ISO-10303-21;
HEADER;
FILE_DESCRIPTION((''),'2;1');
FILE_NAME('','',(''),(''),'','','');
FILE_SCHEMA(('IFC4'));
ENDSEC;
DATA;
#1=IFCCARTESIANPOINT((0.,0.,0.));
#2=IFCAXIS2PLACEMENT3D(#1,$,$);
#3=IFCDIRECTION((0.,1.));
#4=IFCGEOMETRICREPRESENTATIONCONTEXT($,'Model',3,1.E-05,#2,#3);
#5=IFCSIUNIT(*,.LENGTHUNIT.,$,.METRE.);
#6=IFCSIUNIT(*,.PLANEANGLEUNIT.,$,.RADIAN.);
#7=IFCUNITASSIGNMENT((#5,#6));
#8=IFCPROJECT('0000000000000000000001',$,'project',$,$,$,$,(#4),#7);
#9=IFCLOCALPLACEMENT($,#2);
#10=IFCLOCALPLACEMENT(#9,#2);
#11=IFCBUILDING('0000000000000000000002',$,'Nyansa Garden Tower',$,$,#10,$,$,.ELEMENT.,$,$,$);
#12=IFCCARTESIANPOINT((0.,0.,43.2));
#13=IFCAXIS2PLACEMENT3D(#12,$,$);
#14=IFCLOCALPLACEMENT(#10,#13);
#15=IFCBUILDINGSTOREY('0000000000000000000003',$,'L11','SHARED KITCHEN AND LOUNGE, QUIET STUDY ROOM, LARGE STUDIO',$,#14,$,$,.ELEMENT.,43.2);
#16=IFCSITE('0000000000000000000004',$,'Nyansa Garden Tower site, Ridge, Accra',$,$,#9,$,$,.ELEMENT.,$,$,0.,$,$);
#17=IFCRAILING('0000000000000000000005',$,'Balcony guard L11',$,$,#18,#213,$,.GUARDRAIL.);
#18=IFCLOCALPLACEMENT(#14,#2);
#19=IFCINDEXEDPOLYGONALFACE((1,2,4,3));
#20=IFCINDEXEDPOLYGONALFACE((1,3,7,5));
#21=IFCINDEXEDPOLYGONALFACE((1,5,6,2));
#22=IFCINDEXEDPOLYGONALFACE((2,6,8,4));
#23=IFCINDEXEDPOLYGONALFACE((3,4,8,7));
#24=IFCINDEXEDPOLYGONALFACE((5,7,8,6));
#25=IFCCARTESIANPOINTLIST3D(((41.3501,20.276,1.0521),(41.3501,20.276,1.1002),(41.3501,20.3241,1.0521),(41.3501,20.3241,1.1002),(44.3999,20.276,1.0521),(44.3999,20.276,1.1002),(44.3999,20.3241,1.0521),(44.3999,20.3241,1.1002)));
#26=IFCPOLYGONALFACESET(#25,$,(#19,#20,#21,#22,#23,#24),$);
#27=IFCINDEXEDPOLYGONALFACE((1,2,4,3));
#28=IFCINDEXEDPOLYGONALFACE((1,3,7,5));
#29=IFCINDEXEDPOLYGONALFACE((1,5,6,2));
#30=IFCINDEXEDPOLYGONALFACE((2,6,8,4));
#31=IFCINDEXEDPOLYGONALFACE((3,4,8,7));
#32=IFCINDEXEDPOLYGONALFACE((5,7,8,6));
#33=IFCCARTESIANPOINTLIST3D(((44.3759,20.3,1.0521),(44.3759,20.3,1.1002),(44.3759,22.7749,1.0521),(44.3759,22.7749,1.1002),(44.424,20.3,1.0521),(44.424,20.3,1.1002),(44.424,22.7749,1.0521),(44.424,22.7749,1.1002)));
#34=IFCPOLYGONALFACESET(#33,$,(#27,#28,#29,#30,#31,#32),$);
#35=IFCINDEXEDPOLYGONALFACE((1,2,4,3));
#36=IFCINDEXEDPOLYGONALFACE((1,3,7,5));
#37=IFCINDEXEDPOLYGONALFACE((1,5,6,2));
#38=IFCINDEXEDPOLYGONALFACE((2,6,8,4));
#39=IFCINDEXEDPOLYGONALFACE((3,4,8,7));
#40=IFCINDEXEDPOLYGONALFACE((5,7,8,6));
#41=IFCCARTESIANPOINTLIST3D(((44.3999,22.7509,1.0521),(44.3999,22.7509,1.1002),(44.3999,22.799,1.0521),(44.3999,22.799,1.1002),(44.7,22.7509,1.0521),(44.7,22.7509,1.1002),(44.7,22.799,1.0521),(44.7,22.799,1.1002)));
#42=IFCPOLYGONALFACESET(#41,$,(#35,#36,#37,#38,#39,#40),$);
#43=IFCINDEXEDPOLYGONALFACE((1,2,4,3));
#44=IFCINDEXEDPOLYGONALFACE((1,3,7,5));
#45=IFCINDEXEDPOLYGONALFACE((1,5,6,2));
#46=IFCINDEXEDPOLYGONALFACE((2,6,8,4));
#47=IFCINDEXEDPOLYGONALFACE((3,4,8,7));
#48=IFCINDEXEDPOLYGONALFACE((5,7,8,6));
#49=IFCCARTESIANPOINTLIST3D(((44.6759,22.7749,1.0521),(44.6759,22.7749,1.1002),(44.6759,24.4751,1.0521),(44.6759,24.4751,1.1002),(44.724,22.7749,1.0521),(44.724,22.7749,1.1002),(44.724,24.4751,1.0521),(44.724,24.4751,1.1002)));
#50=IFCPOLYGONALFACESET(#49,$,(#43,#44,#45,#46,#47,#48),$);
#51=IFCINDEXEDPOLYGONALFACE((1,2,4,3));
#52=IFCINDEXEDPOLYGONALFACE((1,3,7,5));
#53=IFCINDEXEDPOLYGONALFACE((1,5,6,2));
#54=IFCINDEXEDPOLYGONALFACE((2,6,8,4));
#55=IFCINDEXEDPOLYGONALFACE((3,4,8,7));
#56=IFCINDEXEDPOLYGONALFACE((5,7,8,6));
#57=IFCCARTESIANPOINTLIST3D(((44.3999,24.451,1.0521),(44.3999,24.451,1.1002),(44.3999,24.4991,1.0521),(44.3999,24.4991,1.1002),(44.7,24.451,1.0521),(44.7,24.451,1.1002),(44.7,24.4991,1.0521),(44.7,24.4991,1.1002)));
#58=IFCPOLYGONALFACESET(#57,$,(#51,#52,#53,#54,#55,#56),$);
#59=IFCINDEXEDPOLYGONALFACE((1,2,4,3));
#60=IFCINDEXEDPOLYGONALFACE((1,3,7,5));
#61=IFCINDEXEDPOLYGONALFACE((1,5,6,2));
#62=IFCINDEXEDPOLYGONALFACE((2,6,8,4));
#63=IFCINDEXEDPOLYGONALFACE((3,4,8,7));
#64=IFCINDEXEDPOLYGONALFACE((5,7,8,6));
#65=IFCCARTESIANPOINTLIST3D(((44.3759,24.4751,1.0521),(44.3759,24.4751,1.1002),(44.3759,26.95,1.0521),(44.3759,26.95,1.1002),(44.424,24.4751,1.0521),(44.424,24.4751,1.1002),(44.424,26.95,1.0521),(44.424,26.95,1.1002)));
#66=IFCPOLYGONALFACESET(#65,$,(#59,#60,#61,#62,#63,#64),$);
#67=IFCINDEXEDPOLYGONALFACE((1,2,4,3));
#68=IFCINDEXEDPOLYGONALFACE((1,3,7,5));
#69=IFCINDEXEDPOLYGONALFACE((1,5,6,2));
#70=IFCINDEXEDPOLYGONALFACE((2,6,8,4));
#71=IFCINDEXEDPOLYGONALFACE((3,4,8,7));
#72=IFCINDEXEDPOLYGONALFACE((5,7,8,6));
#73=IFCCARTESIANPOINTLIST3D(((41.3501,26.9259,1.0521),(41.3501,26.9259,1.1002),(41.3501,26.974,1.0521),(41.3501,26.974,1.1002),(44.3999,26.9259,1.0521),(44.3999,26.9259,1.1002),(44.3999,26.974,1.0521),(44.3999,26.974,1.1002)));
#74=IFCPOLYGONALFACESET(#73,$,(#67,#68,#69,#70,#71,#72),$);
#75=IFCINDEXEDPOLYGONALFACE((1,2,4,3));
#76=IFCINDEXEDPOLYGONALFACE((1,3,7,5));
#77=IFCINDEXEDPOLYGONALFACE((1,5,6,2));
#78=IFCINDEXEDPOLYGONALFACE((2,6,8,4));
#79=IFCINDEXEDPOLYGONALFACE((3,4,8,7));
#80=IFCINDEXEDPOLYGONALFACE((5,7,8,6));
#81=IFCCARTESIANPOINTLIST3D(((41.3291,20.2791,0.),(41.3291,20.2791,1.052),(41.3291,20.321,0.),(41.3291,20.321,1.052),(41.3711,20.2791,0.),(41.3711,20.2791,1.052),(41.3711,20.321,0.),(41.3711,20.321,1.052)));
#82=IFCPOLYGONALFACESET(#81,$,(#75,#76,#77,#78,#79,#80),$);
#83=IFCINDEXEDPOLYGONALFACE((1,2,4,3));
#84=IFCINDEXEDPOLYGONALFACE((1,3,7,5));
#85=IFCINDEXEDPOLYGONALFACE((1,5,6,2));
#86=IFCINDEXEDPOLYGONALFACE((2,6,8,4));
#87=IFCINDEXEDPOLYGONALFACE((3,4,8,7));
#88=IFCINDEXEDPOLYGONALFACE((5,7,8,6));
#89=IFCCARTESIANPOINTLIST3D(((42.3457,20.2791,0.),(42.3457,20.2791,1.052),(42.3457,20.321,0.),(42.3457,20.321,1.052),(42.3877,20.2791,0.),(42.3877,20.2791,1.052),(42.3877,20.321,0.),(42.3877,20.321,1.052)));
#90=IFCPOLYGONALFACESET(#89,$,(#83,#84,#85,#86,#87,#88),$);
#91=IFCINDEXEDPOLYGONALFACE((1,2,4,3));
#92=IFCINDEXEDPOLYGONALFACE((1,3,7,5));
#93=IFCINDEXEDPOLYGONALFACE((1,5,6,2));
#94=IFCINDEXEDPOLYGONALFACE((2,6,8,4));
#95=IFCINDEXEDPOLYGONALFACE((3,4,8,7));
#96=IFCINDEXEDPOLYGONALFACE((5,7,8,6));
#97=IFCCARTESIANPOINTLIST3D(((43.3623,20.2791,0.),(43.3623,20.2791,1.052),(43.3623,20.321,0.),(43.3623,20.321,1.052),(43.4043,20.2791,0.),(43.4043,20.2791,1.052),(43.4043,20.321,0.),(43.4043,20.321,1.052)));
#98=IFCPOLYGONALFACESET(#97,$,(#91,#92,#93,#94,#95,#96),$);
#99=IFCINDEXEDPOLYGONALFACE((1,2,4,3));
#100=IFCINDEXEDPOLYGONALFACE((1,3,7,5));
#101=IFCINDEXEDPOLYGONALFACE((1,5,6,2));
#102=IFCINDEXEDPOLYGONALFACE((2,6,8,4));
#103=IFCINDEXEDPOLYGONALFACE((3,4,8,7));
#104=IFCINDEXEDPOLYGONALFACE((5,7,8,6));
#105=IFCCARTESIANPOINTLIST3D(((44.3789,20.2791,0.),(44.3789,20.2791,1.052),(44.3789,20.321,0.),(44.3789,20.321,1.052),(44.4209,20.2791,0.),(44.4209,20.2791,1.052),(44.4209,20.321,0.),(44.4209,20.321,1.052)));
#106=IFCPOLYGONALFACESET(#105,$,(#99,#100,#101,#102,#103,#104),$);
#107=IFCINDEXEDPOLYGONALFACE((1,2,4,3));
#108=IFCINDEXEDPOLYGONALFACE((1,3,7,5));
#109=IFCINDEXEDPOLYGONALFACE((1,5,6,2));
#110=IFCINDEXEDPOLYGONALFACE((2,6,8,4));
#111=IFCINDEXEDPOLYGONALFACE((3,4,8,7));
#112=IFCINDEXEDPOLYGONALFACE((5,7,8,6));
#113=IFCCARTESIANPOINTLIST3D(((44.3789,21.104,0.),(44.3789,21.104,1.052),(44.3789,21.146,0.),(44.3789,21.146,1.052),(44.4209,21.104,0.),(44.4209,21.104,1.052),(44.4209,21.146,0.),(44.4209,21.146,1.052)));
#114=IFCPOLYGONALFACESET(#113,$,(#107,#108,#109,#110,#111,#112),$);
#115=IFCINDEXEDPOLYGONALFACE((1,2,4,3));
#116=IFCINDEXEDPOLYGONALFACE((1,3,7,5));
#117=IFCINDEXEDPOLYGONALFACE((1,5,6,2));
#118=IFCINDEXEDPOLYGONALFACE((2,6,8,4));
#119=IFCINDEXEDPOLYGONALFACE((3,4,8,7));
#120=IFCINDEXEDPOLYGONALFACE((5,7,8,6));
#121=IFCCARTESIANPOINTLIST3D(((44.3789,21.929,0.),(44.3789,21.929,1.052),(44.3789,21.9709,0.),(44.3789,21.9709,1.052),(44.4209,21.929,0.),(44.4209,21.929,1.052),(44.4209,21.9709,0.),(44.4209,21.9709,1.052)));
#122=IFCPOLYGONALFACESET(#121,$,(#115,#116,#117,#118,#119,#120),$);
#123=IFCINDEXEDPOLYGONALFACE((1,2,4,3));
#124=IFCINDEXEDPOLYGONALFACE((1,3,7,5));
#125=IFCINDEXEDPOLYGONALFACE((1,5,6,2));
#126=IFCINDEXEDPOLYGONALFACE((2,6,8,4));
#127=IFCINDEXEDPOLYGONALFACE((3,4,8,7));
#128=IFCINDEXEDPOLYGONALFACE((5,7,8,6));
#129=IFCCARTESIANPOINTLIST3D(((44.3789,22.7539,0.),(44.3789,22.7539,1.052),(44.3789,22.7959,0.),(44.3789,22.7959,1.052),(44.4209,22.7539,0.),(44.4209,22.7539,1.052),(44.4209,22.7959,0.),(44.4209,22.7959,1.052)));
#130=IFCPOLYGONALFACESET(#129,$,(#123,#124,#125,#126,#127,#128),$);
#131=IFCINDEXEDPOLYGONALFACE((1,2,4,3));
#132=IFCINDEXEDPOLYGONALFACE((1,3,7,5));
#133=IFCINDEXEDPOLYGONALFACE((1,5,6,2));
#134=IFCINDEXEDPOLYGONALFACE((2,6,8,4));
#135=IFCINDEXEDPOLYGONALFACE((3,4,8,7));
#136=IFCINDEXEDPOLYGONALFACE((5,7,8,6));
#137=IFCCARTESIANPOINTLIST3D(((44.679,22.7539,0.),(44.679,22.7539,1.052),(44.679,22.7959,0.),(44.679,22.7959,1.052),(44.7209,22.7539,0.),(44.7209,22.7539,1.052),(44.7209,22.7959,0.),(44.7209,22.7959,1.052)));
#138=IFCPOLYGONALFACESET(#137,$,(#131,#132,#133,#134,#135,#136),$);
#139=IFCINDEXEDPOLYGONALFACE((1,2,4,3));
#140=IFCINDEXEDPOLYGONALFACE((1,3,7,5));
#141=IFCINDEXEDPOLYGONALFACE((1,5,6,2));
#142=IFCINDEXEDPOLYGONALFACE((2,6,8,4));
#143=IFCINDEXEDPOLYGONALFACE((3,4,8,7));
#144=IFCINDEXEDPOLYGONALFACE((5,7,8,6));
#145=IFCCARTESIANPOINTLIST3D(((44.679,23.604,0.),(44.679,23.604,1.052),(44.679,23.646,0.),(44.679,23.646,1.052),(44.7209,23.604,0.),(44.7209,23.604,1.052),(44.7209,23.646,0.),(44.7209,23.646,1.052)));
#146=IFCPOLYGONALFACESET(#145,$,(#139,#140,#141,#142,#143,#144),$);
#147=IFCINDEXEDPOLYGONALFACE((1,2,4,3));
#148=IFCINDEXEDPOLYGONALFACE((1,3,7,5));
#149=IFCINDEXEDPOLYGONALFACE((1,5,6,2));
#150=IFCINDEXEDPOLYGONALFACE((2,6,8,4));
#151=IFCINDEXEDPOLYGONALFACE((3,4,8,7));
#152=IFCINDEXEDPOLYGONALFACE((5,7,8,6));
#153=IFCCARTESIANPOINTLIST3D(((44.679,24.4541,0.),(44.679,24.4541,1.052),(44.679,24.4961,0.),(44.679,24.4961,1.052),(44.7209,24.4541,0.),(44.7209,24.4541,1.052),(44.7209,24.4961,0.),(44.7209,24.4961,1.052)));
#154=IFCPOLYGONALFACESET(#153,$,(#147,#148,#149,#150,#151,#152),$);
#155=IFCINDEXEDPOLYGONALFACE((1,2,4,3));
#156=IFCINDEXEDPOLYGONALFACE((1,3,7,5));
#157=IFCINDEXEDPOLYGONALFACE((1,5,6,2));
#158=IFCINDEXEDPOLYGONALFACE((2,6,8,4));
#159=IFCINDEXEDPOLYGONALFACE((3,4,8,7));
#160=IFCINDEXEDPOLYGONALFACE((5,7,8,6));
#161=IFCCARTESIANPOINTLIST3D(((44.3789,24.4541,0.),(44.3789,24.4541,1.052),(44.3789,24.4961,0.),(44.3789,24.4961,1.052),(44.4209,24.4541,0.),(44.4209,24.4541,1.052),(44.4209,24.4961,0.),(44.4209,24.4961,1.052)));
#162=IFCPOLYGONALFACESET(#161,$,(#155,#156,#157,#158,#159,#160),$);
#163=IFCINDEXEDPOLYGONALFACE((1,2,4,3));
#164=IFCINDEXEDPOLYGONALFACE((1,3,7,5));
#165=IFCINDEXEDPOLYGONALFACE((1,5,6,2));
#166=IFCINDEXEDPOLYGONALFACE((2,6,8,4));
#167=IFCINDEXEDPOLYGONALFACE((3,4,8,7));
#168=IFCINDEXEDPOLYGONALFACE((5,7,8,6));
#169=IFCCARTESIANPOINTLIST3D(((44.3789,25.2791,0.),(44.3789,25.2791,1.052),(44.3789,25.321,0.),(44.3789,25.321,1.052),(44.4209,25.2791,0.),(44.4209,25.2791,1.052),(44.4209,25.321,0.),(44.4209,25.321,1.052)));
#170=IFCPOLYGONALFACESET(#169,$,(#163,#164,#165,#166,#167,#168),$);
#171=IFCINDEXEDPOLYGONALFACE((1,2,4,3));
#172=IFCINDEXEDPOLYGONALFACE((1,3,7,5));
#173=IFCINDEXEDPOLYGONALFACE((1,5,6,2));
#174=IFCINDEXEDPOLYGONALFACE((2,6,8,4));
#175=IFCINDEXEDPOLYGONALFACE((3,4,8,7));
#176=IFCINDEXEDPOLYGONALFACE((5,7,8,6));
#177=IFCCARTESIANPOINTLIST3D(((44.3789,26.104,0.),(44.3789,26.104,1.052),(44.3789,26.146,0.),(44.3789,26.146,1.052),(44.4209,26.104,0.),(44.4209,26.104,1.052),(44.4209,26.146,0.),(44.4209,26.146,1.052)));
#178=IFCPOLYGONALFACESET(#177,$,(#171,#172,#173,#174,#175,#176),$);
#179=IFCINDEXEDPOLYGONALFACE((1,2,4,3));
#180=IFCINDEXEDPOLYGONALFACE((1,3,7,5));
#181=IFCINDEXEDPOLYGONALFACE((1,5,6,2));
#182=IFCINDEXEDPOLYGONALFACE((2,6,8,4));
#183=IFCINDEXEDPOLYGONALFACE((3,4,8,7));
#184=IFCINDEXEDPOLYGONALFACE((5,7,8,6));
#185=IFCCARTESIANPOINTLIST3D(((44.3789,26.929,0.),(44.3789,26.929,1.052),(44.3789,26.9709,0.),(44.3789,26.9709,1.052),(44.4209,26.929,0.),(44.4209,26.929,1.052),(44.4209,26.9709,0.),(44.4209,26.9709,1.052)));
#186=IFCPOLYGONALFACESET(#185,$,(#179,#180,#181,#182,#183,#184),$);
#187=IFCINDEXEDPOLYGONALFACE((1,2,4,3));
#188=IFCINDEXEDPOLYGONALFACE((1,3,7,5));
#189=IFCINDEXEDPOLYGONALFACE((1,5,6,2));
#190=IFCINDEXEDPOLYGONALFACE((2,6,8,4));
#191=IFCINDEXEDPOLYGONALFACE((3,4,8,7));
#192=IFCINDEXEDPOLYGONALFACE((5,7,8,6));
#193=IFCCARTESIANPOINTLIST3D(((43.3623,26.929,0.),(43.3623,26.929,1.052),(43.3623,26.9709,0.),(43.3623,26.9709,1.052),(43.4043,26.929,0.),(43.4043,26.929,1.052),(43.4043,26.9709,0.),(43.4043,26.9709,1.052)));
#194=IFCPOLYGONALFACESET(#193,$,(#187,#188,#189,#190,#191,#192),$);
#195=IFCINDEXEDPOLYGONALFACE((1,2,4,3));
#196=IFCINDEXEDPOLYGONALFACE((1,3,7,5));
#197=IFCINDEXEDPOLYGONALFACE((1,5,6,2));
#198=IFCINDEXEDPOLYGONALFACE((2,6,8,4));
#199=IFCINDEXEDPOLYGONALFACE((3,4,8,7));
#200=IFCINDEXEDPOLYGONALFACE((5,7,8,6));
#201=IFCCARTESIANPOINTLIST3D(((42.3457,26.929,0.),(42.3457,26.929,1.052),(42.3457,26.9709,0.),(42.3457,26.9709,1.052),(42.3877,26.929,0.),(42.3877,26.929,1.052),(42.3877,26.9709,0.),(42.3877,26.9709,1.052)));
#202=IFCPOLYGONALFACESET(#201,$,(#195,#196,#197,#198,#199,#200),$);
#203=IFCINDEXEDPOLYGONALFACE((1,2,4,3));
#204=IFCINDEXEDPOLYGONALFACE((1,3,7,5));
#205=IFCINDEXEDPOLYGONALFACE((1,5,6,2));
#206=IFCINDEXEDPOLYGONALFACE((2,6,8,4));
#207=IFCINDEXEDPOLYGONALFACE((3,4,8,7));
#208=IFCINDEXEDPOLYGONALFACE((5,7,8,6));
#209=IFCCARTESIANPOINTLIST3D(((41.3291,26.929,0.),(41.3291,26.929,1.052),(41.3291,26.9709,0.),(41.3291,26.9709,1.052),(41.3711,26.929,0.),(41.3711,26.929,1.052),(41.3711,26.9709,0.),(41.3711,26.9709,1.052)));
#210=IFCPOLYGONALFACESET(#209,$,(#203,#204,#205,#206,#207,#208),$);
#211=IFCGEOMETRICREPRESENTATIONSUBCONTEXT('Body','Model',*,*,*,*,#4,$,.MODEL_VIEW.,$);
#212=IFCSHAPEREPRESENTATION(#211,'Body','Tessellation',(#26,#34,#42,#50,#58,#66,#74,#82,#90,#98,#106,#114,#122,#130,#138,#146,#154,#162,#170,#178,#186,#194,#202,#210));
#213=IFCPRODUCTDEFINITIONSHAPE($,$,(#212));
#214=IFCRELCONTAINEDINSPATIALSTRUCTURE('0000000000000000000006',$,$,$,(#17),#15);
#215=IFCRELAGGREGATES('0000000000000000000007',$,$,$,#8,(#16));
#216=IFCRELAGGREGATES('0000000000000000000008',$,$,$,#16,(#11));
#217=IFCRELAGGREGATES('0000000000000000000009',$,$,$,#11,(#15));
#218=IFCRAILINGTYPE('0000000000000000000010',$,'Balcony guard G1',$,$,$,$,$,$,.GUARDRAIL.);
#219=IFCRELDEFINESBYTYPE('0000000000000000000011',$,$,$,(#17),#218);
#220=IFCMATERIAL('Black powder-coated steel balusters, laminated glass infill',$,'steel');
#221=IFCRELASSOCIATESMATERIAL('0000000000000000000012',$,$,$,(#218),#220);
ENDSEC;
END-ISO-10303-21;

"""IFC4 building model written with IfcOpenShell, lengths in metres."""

from ifc_helpers import new_model, si_unit, direction, frame, origin, origin_2d, place, context, subcontext, project, spatial, rectangle, extrude, material, type_object, element, save


model = new_model("IFC4")

# Units and contexts
model_context = context("Model", 3, precision=1e-05, world=origin(), true_north=direction((0.0, 1.0)))
body_context = subcontext(model_context, "Body", "Model", "MODEL_VIEW")
ifc_project = project(units=[si_unit("LENGTHUNIT", "METRE"), si_unit("PLANEANGLEUNIT", "RADIAN")], contexts=[model_context])

# Site, building, storey
site_placement = place(None, origin())
site = spatial("IfcSite", under=ifc_project, at=site_placement, Name="Nyansa Garden Tower site, Ridge, Accra", CompositionType="ELEMENT", RefElevation=0.0)
building_placement = place(site_placement, origin())
building = spatial("IfcBuilding", under=site, at=building_placement, Name="Nyansa Garden Tower", CompositionType="ELEMENT")
storey_placement = place(building_placement, frame((0.0, 0.0, 43.2)))
storey = spatial("IfcBuildingStorey", under=building, at=storey_placement, Name="L11", Description="SHARED KITCHEN AND LOUNGE, QUIET STUDY ROOM, LARGE STUDIO", CompositionType="ELEMENT", Elevation=43.2)

# Railing
ifc_material_1 = material(Name="Black powder-coated steel balusters, laminated glass infill", Category="steel")
railing_type = type_object("IfcRailingType", Name="Balcony guard G1", PredefinedType="GUARDRAIL", material=ifc_material_1)
railing_placement = place(storey_placement, frame((41.3501, 20.3, 0.0)))
element("IfcRailing", 1, at=railing_placement, inside=storey, type_object=railing_type, Name="Balcony guard L11", PredefinedType="GUARDRAIL", context=body_context, shape_type="SweptSolid", body=[
    extrude(rectangle(XDim=0.0481, YDim=0.0481, at=origin_2d()), frame((0.0, 0.0, 1.0762), z_axis=(1.0, 0.0, 0.0), x_axis=(0.0, 1.0, 0.0)), (0.0, 0.0, 1.0), 3.0498),
    extrude(rectangle(XDim=0.0481, YDim=0.0481, at=origin_2d()), frame((3.0498, 0.0, 1.0762), z_axis=(0.0, 1.0, 0.0), x_axis=(-1.0, 0.0, 0.0)), (0.0, 0.0, 1.0), 2.4749),
    extrude(rectangle(XDim=0.0481, YDim=0.0481, at=origin_2d()), frame((3.0498, 2.4749, 1.0762), z_axis=(1.0, 0.0, 0.0), x_axis=(0.0, 1.0, 0.0)), (0.0, 0.0, 1.0), 0.3),
    extrude(rectangle(XDim=0.0481, YDim=0.0481, at=origin_2d()), frame((3.3499, 2.4749, 1.0762), z_axis=(0.0, 1.0, 0.0), x_axis=(-1.0, 0.0, 0.0)), (0.0, 0.0, 1.0), 1.7002),
    extrude(rectangle(XDim=0.0481, YDim=0.0481, at=origin_2d()), frame((3.3499, 4.175, 1.0762), z_axis=(-1.0, 0.0, 0.0), x_axis=(0.0, -1.0, 0.0)), (0.0, 0.0, 1.0), 0.3),
    extrude(rectangle(XDim=0.0481, YDim=0.0481, at=origin_2d()), frame((3.0498, 4.175, 1.0762), z_axis=(0.0, 1.0, 0.0), x_axis=(-1.0, 0.0, 0.0)), (0.0, 0.0, 1.0), 2.4749),
    extrude(rectangle(XDim=0.0481, YDim=0.0481, at=origin_2d()), frame((3.0498, 6.6499, 1.0762), z_axis=(-1.0, 0.0, 0.0), x_axis=(0.0, -1.0, 0.0)), (0.0, 0.0, 1.0), 3.0498),
    extrude(rectangle(XDim=0.042, YDim=0.042, at=origin_2d()), origin(), (0.0, 0.0, 1.0), 1.052),
    extrude(rectangle(XDim=0.042, YDim=0.042, at=origin_2d()), frame((1.0166, 0.0, 0.0)), (0.0, 0.0, 1.0), 1.052),
    extrude(rectangle(XDim=0.042, YDim=0.042, at=origin_2d()), frame((2.0332, 0.0, 0.0)), (0.0, 0.0, 1.0), 1.052),
    extrude(rectangle(XDim=0.042, YDim=0.042, at=origin_2d()), frame((3.0498, 0.0, 0.0)), (0.0, 0.0, 1.0), 1.052),
    extrude(rectangle(XDim=0.042, YDim=0.042, at=origin_2d()), frame((3.0498, 0.825, 0.0)), (0.0, 0.0, 1.0), 1.052),
    extrude(rectangle(XDim=0.042, YDim=0.042, at=origin_2d()), frame((3.0498, 1.6499, 0.0)), (0.0, 0.0, 1.0), 1.052),
    extrude(rectangle(XDim=0.042, YDim=0.042, at=origin_2d()), frame((3.0498, 2.4749, 0.0)), (0.0, 0.0, 1.0), 1.052),
    extrude(rectangle(XDim=0.042, YDim=0.042, at=origin_2d()), frame((3.3499, 2.4749, 0.0)), (0.0, 0.0, 1.0), 1.052),
    extrude(rectangle(XDim=0.042, YDim=0.042, at=origin_2d()), frame((3.3499, 3.325, 0.0)), (0.0, 0.0, 1.0), 1.052),
    extrude(rectangle(XDim=0.042, YDim=0.042, at=origin_2d()), frame((3.3499, 4.175, 0.0)), (0.0, 0.0, 1.0), 1.052),
    extrude(rectangle(XDim=0.042, YDim=0.042, at=origin_2d()), frame((3.0498, 4.175, 0.0)), (0.0, 0.0, 1.0), 1.052),
    extrude(rectangle(XDim=0.042, YDim=0.042, at=origin_2d()), frame((3.0498, 5.0, 0.0)), (0.0, 0.0, 1.0), 1.052),
    extrude(rectangle(XDim=0.042, YDim=0.042, at=origin_2d()), frame((3.0498, 5.825, 0.0)), (0.0, 0.0, 1.0), 1.052),
    extrude(rectangle(XDim=0.042, YDim=0.042, at=origin_2d()), frame((3.0498, 6.6499, 0.0)), (0.0, 0.0, 1.0), 1.052),
    extrude(rectangle(XDim=0.042, YDim=0.042, at=origin_2d()), frame((2.0332, 6.6499, 0.0)), (0.0, 0.0, 1.0), 1.052),
    extrude(rectangle(XDim=0.042, YDim=0.042, at=origin_2d()), frame((1.0166, 6.6499, 0.0)), (0.0, 0.0, 1.0), 1.052),
    extrude(rectangle(XDim=0.042, YDim=0.042, at=origin_2d()), frame((0.0, 6.6499, 0.0)), (0.0, 0.0, 1.0), 1.052),
])

save(model, "model.ifc")
